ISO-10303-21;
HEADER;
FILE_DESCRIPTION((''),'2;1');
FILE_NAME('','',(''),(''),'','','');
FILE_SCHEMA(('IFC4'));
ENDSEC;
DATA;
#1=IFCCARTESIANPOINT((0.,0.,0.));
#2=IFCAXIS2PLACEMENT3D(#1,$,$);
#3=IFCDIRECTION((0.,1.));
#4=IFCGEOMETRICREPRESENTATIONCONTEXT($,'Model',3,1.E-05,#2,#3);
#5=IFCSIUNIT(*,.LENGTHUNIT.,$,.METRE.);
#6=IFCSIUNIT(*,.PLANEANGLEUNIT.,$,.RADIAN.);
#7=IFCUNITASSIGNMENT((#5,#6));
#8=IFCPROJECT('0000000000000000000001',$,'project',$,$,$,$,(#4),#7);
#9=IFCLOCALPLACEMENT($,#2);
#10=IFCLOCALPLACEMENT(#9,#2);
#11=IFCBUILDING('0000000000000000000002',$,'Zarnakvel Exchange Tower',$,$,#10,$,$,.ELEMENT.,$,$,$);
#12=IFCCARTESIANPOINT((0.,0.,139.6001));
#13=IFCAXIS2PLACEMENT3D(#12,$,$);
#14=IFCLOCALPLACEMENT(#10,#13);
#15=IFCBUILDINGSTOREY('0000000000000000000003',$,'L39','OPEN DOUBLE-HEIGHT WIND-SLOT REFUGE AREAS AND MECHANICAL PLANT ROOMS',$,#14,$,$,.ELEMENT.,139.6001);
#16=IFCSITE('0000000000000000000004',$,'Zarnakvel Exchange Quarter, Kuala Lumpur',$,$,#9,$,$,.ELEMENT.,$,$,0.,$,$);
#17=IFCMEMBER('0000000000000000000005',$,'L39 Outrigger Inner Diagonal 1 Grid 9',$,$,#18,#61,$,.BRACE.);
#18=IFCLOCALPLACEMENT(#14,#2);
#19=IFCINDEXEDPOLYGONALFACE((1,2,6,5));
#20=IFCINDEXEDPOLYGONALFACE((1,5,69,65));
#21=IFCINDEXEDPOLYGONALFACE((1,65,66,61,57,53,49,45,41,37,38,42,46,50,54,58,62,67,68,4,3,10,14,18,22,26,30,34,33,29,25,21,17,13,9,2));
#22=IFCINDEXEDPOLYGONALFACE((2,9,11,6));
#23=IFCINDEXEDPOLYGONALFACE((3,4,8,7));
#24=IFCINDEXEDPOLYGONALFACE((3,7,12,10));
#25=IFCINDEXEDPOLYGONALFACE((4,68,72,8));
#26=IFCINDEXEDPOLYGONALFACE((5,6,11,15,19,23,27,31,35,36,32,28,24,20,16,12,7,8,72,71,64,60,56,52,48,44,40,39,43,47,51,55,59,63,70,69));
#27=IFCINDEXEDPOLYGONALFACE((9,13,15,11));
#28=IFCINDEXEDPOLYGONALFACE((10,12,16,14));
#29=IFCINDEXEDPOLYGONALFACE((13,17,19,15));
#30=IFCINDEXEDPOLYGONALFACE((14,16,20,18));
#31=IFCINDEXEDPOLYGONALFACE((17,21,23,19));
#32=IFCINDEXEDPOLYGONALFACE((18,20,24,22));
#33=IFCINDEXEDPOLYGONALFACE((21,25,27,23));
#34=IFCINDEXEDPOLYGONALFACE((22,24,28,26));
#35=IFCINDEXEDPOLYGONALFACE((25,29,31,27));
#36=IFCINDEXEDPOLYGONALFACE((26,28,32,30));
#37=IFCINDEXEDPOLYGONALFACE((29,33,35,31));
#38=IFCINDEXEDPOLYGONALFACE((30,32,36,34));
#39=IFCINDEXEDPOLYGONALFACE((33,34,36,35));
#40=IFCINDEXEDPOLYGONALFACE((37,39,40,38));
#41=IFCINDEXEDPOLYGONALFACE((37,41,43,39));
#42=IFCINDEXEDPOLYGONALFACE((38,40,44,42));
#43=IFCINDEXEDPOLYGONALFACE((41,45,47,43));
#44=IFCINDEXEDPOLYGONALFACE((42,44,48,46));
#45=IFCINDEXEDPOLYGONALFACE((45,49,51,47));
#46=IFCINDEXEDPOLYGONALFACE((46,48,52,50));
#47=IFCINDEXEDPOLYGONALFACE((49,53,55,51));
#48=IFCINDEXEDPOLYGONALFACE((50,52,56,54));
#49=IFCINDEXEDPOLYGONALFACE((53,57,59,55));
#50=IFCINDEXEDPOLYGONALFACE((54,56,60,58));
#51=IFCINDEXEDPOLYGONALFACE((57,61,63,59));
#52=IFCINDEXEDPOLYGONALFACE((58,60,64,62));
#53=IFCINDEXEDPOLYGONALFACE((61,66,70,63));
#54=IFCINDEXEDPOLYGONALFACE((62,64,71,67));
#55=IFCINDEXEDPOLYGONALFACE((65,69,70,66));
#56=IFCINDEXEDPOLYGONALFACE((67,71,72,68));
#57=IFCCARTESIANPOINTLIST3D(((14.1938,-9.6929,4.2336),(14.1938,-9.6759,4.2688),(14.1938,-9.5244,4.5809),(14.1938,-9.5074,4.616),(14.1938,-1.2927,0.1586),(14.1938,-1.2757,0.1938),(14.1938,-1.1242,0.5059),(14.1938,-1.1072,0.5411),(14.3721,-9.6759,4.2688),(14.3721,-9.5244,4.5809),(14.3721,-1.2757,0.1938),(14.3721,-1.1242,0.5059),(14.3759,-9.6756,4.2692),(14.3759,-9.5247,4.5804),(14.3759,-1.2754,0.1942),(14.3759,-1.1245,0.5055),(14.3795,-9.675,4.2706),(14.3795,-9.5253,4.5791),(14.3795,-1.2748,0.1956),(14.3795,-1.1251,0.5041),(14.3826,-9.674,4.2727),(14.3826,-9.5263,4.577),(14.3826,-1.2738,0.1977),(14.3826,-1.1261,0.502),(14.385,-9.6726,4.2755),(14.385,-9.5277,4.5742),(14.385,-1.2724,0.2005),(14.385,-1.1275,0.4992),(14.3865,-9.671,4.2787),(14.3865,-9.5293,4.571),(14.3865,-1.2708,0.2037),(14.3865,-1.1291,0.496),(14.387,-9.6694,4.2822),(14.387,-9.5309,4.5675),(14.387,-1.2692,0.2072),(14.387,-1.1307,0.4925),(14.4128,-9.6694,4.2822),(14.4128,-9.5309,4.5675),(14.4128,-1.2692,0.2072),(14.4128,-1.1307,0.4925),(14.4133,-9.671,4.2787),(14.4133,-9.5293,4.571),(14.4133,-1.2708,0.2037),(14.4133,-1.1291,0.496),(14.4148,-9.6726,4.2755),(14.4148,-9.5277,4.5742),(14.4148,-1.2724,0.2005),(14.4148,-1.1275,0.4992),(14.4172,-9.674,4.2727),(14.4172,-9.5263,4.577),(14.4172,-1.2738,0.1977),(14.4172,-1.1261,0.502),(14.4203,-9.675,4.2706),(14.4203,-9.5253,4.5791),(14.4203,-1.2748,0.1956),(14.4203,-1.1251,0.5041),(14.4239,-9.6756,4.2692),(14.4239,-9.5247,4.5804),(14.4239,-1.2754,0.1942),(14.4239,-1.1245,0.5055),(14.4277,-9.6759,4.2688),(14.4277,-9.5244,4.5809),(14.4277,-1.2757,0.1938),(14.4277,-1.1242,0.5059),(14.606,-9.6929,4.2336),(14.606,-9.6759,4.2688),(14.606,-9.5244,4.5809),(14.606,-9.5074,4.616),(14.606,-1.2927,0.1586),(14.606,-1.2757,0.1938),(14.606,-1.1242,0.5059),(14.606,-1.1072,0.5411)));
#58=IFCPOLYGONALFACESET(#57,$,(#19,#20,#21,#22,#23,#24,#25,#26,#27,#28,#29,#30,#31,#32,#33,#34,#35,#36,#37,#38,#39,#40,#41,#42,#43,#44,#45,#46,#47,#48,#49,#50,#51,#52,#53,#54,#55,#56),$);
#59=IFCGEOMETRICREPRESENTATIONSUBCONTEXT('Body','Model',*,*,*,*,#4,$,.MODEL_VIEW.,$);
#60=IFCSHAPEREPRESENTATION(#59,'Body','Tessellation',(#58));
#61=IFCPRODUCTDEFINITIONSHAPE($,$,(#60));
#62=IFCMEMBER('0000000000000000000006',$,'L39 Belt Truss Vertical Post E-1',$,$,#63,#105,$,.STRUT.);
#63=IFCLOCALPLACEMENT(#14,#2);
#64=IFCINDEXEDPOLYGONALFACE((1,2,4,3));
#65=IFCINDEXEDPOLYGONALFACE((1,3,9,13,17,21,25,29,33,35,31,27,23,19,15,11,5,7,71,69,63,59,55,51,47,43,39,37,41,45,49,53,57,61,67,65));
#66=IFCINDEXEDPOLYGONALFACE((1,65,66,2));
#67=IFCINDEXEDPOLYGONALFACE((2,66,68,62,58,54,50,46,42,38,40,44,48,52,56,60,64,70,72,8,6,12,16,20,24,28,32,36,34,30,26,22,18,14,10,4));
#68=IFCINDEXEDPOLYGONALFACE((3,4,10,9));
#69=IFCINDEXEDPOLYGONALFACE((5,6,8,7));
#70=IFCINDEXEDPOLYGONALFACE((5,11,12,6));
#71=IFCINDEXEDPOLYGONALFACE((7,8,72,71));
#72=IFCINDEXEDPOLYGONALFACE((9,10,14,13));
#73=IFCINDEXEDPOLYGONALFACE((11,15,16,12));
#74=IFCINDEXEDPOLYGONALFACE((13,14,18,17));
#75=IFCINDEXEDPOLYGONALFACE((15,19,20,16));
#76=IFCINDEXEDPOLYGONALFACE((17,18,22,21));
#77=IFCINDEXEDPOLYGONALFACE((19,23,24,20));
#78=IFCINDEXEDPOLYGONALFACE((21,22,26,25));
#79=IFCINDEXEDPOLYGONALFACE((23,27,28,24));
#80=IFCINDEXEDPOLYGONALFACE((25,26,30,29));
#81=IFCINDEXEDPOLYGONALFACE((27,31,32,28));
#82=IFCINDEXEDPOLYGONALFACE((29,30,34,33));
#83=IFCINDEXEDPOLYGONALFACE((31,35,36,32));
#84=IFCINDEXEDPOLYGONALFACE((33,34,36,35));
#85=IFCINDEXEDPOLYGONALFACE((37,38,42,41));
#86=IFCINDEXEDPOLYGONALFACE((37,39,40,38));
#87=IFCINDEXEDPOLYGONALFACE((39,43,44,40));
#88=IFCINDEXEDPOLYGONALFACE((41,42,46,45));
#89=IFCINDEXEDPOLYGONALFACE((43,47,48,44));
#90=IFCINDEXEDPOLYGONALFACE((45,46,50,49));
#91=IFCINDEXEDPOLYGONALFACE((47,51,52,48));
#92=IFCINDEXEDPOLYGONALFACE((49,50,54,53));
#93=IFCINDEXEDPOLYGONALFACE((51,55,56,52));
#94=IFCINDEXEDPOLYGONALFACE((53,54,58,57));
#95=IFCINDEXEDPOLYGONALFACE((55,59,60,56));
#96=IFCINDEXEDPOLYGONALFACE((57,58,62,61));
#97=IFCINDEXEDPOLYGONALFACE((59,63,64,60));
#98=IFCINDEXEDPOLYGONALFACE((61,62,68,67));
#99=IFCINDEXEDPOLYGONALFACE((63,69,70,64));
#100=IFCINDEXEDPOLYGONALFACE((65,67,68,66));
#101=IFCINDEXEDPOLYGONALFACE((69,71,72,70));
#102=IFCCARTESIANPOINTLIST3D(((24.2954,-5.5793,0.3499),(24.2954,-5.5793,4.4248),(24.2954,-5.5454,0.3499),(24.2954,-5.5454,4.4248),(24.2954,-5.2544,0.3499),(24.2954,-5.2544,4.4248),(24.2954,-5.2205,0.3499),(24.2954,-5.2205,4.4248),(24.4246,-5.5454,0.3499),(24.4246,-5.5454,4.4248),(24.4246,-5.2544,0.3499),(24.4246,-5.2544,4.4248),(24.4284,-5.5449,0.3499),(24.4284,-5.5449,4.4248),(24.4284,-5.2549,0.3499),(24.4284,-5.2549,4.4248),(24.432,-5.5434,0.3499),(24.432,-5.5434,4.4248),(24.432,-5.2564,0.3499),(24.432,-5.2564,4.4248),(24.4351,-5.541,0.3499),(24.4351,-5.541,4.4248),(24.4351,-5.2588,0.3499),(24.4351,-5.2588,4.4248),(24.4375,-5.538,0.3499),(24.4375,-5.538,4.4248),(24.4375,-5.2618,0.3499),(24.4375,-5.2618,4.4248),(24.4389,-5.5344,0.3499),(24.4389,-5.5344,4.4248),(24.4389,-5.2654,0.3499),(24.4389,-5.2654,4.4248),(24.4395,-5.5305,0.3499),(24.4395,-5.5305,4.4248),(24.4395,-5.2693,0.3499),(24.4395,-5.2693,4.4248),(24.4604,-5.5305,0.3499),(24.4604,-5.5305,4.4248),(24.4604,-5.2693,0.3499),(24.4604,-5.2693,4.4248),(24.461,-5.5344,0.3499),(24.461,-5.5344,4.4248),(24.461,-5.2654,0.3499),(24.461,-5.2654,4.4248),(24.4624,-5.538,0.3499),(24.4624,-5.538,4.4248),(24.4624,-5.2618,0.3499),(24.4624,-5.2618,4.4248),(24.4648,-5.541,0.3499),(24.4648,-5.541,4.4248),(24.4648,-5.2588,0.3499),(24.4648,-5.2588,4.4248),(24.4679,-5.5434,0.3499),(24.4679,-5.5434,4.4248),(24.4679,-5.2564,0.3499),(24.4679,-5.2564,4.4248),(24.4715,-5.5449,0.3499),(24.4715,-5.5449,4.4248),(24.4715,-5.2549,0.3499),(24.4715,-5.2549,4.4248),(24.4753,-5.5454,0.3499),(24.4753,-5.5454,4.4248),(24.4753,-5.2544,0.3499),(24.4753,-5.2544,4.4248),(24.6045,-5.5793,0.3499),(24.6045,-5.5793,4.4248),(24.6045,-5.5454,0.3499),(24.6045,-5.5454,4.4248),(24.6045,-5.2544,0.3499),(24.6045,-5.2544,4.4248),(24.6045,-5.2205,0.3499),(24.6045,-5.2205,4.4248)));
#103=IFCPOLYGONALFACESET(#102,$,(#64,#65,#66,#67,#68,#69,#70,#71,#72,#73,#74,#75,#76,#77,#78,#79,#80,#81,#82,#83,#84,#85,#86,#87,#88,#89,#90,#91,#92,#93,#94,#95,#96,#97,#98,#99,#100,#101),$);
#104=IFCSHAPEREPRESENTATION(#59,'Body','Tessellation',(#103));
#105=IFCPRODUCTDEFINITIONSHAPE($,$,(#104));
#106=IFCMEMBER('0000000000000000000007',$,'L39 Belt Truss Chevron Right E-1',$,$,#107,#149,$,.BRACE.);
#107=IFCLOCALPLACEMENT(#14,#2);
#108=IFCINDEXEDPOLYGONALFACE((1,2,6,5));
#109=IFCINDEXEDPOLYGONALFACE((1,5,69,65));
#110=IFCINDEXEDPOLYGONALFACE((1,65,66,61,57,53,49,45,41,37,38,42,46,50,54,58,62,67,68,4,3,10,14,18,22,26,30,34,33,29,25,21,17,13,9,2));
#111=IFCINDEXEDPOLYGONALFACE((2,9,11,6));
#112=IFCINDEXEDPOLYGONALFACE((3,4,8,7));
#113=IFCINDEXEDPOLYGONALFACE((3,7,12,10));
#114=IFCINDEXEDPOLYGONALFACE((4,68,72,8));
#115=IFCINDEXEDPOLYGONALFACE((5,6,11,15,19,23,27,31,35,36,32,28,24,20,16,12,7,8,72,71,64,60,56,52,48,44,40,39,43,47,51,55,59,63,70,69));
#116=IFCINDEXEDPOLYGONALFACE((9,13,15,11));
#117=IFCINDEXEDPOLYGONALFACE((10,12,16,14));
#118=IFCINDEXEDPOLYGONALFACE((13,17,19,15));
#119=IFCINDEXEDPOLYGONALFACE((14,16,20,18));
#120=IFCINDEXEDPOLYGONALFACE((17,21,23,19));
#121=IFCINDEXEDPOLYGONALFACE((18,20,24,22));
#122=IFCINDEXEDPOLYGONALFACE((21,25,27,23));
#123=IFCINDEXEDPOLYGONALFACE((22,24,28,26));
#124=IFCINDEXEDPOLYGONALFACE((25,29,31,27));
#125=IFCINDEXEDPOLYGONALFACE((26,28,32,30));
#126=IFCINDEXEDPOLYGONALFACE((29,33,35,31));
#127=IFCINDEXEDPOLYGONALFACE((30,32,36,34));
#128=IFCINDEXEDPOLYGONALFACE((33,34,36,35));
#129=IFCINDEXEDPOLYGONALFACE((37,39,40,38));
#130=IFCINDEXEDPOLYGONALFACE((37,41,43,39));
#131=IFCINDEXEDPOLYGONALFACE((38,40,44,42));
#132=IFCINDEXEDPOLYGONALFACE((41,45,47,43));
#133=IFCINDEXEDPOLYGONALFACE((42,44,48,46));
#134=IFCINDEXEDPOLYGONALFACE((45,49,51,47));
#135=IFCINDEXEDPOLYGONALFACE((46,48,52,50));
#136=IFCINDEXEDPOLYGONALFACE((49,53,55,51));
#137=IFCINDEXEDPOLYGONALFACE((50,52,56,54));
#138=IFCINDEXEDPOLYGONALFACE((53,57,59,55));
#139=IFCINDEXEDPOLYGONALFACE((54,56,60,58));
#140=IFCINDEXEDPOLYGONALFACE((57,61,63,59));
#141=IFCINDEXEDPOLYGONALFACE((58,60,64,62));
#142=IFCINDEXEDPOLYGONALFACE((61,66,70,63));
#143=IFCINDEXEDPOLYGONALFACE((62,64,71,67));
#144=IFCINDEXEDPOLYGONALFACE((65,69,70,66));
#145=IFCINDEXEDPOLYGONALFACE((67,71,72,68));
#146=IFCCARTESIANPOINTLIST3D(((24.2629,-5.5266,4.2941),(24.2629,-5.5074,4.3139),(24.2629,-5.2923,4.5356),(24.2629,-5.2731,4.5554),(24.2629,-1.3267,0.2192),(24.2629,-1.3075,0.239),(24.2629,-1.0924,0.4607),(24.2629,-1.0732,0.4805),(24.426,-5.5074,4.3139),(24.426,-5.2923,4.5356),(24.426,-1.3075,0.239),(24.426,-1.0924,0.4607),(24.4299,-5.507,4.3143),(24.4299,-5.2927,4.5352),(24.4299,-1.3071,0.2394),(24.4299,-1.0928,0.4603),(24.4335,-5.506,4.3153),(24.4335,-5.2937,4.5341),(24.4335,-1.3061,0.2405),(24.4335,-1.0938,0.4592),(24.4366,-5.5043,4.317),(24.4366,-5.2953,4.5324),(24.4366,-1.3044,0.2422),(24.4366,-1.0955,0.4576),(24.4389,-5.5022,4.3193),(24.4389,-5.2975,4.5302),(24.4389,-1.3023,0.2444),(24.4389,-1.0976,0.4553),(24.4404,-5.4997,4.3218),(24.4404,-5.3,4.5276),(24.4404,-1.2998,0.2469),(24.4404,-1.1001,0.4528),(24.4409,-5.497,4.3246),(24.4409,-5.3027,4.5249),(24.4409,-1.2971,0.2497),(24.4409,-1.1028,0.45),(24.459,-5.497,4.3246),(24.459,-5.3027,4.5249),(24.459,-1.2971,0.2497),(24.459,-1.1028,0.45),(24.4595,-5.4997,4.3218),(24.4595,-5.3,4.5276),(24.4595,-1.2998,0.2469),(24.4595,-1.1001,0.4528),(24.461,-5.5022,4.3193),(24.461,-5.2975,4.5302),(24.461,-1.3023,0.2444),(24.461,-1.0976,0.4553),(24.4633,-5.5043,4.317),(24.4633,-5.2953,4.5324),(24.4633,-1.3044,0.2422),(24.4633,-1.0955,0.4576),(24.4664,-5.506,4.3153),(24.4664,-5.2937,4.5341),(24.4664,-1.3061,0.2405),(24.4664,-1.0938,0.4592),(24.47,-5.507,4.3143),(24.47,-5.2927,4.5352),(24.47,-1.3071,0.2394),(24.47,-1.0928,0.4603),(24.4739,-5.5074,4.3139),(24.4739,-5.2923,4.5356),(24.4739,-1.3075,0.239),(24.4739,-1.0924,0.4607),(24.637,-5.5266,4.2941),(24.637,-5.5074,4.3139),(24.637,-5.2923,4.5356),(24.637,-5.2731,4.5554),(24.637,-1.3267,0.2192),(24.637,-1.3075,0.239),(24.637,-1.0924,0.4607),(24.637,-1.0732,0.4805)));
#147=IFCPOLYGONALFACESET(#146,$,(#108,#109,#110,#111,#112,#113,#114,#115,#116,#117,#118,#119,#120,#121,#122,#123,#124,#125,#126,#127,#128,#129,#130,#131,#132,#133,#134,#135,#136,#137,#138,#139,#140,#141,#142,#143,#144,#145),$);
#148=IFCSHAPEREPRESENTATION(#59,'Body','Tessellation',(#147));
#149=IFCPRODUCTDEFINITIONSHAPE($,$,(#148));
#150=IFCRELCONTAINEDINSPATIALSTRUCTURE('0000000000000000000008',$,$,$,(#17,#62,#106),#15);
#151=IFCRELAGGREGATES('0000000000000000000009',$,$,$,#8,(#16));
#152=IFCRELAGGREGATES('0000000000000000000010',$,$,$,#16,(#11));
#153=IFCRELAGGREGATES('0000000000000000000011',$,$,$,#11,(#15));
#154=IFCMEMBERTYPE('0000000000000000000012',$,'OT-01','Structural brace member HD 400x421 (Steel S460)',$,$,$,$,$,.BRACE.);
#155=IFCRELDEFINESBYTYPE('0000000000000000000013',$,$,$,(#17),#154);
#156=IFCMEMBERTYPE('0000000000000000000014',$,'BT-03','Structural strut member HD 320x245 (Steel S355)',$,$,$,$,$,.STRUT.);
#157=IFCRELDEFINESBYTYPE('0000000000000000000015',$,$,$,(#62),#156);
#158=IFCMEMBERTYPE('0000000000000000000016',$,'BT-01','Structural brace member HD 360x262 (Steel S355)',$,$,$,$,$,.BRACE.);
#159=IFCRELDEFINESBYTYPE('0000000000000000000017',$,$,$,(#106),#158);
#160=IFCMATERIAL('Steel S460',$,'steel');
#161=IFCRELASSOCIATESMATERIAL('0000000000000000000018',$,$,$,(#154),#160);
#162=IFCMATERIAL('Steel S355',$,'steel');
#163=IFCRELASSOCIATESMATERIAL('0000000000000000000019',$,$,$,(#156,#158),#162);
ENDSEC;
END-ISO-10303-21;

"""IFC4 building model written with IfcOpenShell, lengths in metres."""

from ifc_helpers import new_model, si_unit, direction, frame, origin, origin_2d, place, context, subcontext, project, spatial, i_section, extrude, source, transform, mapped, material, material_profile, profile_set, type_object, element, save


model = new_model("IFC4")

# Units and contexts
model_context = context("Model", 3, precision=1e-05, world=origin(), true_north=direction((0.0, 1.0)))
body_context = subcontext(model_context, "Body", "Model", "MODEL_VIEW")
ifc_project = project(units=[si_unit("LENGTHUNIT", "METRE"), si_unit("PLANEANGLEUNIT", "RADIAN")], contexts=[model_context])

# Site, building, storey
site_placement = place(None, origin())
site = spatial("IfcSite", under=ifc_project, at=site_placement, Name="Zarnakvel Exchange Quarter, Kuala Lumpur", CompositionType="ELEMENT", RefElevation=0.0)
building_placement = place(site_placement, origin())
building = spatial("IfcBuilding", under=site, at=building_placement, Name="Zarnakvel Exchange Tower", CompositionType="ELEMENT")
storey_placement = place(building_placement, frame((0.0, 0.0, 139.6001)))
storey = spatial("IfcBuildingStorey", under=building, at=storey_placement, Name="L39", Description="OPEN DOUBLE-HEIGHT WIND-SLOT REFUGE AREAS AND MECHANICAL PLANT ROOMS", CompositionType="ELEMENT", Elevation=139.6001)

# Shared definitions
ifc_material_1 = material(Name="Steel S355", Category="steel")

# Shared definitions
ifc_material_2 = material(Name="Steel S460", Category="steel")

# Members
ifc_material_profile_1 = material_profile(ifc_material_2, i_section(OverallWidth=0.4121, OverallDepth=0.425, WebThickness=0.0259, FlangeThickness=0.0391, FilletRadius=0.0149, at=origin_2d()))
ifc_profile_set_1 = profile_set([ifc_material_profile_1], Name="Steel S460")
member_type_1 = type_object("IfcMemberType", Name="OT-01", Description="Structural brace member HD 400x421 (Steel S460)", PredefinedType="BRACE", material=ifc_profile_set_1)
shared_shape_1 = source(origin(), body_context, "Body", "SweptSolid", [
    extrude(i_section(OverallWidth=0.4121, OverallDepth=0.425, WebThickness=0.0259, FlangeThickness=0.0391, FilletRadius=0.0149, at=origin_2d()), origin(), (0.0, 0.0, 1.0), 9.3364),
])
member_1_placement = place(storey_placement, frame((14.3999, -1.2, 0.3499), z_axis=(0.0, -0.899724, 0.43646), x_axis=(1.0, 0.0, 0.0)))
element("IfcMember", 1, at=member_1_placement, inside=storey, type_object=member_type_1, Name="L39 Outrigger Inner Diagonal 1 Grid 9", PredefinedType="BRACE", context=body_context, shape_type="MappedRepresentation", body=[
    mapped(shared_shape_1, transform((0.0, 0.0, 0.0), x_axis=(1.0, 0.0, 0.0), y_axis=(0.0, 1.0, 0.0), z_axis=(0.0, 0.0, 1.0), scale=1.0)),
])
ifc_material_profile_2 = material_profile(ifc_material_1, i_section(OverallWidth=0.3091, OverallDepth=0.3589, WebThickness=0.021, FlangeThickness=0.0339, FilletRadius=0.0149, at=origin_2d()))
ifc_profile_set_2 = profile_set([ifc_material_profile_2], Name="Steel S355")
member_type_2 = type_object("IfcMemberType", Name="BT-03", Description="Structural strut member HD 320x245 (Steel S355)", PredefinedType="STRUT", material=ifc_profile_set_2)
shared_shape_2 = source(origin(), body_context, "Body", "SweptSolid", [
    extrude(i_section(OverallWidth=0.3091, OverallDepth=0.3589, WebThickness=0.021, FlangeThickness=0.0339, FilletRadius=0.0149, at=origin_2d()), origin(), (0.0, 0.0, 1.0), 4.075),
])
member_2_placement = place(storey_placement, frame((24.45, -5.3999, 0.3499), z_axis=(0.0, 0.0, 1.0), x_axis=(1.0, 0.0, 0.0)))
element("IfcMember", 2, at=member_2_placement, inside=storey, type_object=member_type_2, Name="L39 Belt Truss Vertical Post E-1", PredefinedType="STRUT", context=body_context, shape_type="MappedRepresentation", body=[
    mapped(shared_shape_2, transform((0.0, 0.0, 0.0), x_axis=(1.0, 0.0, 0.0), y_axis=(0.0, 1.0, 0.0), z_axis=(0.0, 0.0, 1.0), scale=1.0)),
])
ifc_material_profile_3 = material_profile(ifc_material_1, i_section(OverallWidth=0.374, OverallDepth=0.364, WebThickness=0.0181, FlangeThickness=0.0276, FilletRadius=0.0149, at=origin_2d()))
ifc_profile_set_3 = profile_set([ifc_material_profile_3], Name="Steel S355")
member_type_3 = type_object("IfcMemberType", Name="BT-01", Description="Structural brace member HD 360x262 (Steel S355)", PredefinedType="BRACE", material=ifc_profile_set_3)
shared_shape_3 = source(origin(), body_context, "Body", "SweptSolid", [
    extrude(i_section(OverallWidth=0.374, OverallDepth=0.364, WebThickness=0.0181, FlangeThickness=0.0276, FilletRadius=0.0149, at=origin_2d()), origin(), (0.0, 0.0, 1.0), 5.8518),
])
member_3_placement = place(storey_placement, frame((24.45, -1.2, 0.3499), z_axis=(0.0, -0.717706, 0.696346), x_axis=(1.0, 0.0, 0.0)))
element("IfcMember", 3, at=member_3_placement, inside=storey, type_object=member_type_3, Name="L39 Belt Truss Chevron Right E-1", PredefinedType="BRACE", context=body_context, shape_type="MappedRepresentation", body=[
    mapped(shared_shape_3, transform((0.0, 0.0, 0.0), x_axis=(1.0, 0.0, 0.0), y_axis=(0.0, 1.0, 0.0), z_axis=(0.0, 0.0, 1.0), scale=1.0)),
])

save(model, "model.ifc")
